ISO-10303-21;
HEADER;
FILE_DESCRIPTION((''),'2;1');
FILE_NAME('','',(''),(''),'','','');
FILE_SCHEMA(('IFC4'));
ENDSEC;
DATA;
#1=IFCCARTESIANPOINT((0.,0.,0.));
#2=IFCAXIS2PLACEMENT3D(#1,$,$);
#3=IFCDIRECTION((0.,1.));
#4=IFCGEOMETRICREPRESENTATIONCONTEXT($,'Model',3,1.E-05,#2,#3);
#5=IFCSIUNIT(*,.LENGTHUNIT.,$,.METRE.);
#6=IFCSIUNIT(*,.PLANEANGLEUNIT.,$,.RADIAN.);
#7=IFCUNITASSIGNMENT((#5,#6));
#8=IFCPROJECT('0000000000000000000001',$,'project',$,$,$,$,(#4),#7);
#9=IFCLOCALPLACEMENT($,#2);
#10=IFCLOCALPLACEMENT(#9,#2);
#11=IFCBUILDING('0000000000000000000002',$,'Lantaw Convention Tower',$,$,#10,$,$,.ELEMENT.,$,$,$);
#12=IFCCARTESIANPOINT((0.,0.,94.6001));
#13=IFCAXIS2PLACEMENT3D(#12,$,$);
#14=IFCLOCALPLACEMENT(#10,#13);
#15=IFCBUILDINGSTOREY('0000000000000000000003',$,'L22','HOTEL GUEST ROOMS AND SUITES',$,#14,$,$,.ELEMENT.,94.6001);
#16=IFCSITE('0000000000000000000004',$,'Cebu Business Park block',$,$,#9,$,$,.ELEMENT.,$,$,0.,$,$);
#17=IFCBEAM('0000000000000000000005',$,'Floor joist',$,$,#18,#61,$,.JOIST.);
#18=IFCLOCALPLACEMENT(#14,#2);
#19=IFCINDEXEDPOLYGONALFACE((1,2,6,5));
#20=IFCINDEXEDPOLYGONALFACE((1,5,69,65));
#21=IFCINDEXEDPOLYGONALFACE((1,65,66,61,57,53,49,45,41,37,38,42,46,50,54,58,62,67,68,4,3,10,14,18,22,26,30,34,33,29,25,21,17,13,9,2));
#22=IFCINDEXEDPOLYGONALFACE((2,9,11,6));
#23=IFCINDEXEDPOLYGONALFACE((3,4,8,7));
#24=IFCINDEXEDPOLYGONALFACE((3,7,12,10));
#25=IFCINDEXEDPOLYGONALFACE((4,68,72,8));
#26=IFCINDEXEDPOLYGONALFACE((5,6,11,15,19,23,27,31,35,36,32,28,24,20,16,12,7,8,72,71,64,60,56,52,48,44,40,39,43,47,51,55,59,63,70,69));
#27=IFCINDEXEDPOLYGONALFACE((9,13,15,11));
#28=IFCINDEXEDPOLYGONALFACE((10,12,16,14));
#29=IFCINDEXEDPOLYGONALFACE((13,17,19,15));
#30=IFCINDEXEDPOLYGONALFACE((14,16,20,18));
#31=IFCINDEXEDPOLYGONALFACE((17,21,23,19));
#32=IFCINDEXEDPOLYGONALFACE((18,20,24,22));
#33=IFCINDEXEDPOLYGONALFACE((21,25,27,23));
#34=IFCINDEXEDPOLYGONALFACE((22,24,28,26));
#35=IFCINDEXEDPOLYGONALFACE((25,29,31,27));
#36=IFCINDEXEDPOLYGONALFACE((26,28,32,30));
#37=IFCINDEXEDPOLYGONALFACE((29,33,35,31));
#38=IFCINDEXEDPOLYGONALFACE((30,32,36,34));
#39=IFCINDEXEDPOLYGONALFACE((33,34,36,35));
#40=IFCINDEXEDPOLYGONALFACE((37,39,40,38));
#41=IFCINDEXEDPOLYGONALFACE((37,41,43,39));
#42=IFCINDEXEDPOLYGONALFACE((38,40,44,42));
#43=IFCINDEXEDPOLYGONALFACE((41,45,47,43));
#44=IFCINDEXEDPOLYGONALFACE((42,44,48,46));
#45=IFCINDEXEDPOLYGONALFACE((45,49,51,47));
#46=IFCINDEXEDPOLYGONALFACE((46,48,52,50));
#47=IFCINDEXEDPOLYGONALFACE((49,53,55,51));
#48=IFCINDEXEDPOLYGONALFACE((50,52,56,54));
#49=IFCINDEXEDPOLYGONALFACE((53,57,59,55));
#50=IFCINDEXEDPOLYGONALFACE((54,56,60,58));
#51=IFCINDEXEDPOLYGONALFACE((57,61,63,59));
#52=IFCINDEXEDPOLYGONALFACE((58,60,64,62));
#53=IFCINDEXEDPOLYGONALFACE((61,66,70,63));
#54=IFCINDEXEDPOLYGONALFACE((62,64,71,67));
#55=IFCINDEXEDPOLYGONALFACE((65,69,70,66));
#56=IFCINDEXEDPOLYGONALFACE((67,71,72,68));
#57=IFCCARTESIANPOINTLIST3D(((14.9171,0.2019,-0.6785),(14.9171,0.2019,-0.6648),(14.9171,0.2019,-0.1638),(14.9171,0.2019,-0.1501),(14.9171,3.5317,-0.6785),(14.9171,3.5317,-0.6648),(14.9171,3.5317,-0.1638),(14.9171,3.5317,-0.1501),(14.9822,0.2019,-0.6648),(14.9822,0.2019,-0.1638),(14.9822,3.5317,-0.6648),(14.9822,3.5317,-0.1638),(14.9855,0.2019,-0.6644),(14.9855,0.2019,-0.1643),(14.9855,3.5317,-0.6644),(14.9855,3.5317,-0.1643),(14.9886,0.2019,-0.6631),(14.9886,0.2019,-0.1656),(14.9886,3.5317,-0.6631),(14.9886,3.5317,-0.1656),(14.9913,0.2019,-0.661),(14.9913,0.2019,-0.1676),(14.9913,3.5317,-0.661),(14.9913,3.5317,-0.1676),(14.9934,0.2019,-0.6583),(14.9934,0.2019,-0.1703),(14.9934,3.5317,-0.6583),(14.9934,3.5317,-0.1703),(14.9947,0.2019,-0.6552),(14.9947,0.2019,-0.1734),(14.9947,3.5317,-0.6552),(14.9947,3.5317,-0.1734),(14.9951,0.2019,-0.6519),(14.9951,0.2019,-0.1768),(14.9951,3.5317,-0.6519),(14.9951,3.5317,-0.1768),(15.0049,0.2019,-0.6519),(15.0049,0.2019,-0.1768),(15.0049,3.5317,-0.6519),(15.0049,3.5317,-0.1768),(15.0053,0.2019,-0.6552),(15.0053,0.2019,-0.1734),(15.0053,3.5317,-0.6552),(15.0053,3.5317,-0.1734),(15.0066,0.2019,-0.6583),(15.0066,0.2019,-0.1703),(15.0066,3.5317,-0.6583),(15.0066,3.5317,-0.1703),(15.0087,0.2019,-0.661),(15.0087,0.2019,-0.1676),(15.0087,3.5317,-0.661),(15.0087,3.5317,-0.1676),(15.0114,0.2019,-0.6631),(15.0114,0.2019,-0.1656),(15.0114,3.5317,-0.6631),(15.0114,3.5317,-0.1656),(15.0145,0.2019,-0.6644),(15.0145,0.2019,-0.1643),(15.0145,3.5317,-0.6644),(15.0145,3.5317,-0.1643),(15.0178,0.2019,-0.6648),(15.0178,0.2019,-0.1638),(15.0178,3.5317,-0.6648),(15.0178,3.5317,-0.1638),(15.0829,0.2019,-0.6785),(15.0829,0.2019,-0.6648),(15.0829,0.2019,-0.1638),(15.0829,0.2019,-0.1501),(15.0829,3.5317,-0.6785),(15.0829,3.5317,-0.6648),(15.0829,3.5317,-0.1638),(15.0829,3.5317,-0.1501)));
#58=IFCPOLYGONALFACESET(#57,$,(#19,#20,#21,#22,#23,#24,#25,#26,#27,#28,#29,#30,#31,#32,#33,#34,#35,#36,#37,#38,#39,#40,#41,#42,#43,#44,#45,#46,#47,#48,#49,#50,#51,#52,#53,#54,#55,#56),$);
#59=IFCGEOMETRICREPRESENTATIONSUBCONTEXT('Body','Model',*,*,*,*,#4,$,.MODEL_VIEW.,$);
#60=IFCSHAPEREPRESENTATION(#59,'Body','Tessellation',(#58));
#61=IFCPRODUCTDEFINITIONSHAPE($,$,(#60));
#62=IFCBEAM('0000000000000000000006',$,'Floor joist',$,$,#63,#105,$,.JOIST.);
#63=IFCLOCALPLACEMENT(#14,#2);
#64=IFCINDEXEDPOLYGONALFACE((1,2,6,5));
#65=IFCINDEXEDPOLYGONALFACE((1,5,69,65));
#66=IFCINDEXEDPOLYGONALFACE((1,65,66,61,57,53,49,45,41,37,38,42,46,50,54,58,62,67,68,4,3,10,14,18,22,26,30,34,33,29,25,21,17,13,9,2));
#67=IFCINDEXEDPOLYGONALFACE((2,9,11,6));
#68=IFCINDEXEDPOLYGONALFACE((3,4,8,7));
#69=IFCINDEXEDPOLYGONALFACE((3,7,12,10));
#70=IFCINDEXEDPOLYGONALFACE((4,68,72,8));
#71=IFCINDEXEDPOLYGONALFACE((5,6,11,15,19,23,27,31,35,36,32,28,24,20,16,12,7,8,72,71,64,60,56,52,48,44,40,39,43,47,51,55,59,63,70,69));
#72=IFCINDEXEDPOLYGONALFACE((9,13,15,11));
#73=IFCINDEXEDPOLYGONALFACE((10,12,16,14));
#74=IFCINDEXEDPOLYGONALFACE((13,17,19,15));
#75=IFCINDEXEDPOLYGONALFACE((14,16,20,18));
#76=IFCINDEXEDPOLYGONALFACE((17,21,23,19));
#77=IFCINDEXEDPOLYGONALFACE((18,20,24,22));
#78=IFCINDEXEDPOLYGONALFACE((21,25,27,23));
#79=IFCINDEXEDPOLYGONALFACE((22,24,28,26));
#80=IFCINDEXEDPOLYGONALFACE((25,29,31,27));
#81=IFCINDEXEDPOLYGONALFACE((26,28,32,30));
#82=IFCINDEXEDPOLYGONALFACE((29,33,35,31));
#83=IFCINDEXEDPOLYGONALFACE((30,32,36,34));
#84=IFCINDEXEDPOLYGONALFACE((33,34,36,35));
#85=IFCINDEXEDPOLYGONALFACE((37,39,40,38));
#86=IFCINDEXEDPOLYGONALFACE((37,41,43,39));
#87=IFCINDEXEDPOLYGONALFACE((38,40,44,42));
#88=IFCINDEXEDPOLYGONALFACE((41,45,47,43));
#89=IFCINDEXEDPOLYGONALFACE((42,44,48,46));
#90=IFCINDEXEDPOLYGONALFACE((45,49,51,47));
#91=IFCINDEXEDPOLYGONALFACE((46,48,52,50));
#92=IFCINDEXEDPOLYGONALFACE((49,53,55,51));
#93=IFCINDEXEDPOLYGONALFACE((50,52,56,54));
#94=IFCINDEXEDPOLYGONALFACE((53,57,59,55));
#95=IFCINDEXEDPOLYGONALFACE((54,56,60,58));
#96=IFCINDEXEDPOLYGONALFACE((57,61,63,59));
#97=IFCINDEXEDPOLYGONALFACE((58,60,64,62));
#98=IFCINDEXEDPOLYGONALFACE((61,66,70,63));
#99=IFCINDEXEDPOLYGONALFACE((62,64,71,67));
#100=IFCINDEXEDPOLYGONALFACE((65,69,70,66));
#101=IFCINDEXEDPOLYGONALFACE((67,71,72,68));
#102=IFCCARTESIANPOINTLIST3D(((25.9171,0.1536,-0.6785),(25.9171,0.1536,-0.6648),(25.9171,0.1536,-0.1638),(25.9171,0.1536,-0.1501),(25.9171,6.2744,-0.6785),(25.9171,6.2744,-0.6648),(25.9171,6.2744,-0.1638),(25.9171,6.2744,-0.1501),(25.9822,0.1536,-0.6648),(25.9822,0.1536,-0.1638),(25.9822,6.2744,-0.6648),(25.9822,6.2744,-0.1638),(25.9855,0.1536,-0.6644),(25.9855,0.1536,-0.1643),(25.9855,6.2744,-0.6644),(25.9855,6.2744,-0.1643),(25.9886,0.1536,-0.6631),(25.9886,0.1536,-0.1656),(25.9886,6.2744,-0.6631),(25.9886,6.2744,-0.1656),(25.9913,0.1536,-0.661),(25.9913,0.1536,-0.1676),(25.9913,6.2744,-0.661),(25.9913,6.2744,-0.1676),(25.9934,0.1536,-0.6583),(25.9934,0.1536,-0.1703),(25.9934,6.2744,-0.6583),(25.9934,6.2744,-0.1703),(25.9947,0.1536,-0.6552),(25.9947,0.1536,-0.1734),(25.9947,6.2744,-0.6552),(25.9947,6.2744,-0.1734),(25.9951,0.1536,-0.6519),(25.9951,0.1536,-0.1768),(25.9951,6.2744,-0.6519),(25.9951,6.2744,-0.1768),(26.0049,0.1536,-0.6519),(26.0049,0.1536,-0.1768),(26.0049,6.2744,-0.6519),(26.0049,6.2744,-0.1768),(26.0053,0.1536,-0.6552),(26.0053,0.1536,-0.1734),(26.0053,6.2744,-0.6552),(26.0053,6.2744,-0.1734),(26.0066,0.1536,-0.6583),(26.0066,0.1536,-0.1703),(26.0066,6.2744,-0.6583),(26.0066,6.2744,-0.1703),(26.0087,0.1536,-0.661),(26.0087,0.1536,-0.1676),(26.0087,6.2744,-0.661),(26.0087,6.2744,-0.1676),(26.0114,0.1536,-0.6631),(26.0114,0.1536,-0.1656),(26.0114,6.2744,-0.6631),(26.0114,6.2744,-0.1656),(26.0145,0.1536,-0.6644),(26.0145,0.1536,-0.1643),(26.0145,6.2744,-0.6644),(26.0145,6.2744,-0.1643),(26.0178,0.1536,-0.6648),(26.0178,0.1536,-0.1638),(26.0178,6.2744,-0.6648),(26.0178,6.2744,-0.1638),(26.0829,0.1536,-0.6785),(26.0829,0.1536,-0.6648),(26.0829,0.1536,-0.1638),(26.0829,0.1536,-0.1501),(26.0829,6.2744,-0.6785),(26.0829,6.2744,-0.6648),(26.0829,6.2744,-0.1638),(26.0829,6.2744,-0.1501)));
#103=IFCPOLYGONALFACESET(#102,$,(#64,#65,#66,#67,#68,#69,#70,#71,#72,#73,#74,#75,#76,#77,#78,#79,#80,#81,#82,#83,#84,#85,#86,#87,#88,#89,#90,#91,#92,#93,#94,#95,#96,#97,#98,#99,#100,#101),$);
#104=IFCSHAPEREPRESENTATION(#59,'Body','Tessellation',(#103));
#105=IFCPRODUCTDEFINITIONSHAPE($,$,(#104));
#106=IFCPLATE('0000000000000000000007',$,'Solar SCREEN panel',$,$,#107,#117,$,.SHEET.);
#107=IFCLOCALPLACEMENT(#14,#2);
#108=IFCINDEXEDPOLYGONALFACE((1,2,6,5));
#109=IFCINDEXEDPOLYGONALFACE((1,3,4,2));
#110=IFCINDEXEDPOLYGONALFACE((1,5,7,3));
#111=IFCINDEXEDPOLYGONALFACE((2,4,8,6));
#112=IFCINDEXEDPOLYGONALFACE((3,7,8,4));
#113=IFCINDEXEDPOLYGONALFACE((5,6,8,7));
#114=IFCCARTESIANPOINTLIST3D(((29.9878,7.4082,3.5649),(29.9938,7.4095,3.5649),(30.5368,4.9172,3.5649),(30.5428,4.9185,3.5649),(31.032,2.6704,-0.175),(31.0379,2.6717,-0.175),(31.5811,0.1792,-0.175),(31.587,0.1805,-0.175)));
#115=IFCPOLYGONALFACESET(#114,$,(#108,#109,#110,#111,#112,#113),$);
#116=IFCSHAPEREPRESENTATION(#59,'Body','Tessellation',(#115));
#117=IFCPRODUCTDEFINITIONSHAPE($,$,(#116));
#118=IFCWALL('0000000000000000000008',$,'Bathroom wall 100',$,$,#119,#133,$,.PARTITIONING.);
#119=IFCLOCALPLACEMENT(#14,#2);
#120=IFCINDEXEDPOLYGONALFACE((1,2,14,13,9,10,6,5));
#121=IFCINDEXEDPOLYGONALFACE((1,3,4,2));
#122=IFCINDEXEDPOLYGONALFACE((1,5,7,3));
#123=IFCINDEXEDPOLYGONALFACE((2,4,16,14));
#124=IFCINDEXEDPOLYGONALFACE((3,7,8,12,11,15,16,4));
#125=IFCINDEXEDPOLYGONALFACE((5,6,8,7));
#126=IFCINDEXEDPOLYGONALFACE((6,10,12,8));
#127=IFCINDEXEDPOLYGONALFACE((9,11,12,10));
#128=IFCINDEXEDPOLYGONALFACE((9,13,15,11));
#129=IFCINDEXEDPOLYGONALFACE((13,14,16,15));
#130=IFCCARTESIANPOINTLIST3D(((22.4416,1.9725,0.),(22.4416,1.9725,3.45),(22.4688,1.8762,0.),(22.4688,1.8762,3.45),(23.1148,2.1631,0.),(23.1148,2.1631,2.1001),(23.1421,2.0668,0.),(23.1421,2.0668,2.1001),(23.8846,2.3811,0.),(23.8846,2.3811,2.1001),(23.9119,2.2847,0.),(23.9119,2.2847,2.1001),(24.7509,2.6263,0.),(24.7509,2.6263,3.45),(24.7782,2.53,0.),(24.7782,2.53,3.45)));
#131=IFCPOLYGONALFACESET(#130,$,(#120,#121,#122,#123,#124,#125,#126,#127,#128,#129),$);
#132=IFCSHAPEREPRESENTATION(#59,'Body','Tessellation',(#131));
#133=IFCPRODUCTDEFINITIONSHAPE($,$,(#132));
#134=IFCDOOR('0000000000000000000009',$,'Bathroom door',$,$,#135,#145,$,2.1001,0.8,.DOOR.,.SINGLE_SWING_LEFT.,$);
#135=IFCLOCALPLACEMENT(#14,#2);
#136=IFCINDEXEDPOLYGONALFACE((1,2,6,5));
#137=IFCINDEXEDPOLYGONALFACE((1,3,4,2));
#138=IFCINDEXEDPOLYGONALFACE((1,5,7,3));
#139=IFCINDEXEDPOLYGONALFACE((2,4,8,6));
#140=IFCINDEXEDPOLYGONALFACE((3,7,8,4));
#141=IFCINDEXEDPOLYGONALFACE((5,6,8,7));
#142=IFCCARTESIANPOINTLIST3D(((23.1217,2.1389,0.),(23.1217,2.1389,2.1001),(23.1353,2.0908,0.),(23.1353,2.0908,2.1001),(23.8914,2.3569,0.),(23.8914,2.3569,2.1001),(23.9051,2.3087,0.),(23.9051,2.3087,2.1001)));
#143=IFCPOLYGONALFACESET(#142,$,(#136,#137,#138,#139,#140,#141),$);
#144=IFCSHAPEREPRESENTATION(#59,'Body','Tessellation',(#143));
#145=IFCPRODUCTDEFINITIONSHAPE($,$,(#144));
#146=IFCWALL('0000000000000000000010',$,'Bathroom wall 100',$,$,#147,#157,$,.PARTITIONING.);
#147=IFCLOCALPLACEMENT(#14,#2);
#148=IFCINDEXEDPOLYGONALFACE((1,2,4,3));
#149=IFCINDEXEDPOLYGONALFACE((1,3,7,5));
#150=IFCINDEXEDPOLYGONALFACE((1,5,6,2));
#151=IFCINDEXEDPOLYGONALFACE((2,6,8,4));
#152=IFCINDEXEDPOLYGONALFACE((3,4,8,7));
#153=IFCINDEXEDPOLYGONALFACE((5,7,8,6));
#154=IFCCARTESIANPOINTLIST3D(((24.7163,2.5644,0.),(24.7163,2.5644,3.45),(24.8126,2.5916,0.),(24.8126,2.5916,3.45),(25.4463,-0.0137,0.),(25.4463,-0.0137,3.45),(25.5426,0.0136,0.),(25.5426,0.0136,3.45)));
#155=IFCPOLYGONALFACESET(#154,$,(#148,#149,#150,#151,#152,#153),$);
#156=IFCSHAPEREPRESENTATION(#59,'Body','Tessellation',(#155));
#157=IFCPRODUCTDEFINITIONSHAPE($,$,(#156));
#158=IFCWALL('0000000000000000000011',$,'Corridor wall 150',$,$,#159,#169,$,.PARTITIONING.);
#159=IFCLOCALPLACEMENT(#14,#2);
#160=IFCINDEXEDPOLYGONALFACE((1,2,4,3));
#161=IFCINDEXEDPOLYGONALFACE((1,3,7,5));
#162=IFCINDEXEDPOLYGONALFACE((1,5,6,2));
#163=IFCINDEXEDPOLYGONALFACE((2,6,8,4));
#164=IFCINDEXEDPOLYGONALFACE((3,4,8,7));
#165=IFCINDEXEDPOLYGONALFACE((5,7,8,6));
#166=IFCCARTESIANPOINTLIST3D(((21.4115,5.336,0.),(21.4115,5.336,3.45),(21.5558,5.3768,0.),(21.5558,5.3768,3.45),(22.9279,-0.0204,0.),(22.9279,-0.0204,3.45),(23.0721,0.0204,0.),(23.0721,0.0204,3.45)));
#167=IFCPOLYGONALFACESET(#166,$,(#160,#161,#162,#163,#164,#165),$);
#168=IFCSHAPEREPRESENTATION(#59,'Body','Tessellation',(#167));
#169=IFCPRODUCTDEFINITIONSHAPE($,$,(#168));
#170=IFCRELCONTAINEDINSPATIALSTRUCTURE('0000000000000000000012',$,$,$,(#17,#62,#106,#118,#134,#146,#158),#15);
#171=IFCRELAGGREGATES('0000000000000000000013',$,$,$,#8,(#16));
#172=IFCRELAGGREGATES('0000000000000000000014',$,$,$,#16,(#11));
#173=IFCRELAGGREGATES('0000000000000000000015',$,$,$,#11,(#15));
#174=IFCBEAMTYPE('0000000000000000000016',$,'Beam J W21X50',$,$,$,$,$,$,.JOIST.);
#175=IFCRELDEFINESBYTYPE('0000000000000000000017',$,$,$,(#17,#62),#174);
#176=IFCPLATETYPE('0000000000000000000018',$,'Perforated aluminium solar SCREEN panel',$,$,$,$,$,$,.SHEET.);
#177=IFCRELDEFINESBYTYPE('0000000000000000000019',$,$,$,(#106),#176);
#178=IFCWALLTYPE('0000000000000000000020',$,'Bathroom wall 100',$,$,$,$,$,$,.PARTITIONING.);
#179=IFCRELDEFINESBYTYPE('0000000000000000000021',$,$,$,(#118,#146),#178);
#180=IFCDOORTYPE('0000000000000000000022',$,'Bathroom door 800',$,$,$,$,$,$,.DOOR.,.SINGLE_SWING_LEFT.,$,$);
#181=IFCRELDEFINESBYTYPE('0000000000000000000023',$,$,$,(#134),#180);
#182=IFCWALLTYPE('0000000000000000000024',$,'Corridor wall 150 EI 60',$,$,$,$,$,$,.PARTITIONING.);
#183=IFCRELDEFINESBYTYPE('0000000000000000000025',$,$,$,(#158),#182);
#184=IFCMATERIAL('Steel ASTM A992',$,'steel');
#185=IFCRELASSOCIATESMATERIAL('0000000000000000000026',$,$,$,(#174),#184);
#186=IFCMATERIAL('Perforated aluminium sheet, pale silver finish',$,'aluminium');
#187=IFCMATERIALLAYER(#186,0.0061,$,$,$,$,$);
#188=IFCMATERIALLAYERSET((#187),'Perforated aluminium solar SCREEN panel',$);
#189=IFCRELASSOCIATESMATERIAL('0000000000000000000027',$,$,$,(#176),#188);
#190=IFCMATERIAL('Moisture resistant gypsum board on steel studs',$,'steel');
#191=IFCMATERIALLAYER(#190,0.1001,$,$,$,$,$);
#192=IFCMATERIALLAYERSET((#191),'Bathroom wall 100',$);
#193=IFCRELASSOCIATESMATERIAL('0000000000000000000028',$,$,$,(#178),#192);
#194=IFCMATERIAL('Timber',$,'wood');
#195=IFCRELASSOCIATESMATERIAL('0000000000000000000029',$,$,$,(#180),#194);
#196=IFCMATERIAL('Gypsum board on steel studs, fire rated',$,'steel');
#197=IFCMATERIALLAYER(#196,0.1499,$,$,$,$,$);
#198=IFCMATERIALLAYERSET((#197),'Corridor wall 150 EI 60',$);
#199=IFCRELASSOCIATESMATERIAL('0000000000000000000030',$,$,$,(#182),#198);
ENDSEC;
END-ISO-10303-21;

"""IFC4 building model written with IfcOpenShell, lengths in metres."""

from ifc_helpers import new_model, si_unit, direction, frame, frame_2d, origin, origin_2d, place, context, subcontext, project, spatial, polyline, rectangle, i_section, outline, extrude, material, layer, layer_set, material_profile, profile_set, type_object, element, fill, save


model = new_model("IFC4")

# Units and contexts
model_context = context("Model", 3, precision=1e-05, world=origin(), true_north=direction((0.0, 1.0)))
body_context = subcontext(model_context, "Body", "Model", "MODEL_VIEW")
ifc_project = project(units=[si_unit("LENGTHUNIT", "METRE"), si_unit("PLANEANGLEUNIT", "RADIAN")], contexts=[model_context])

# Site, building, storey
site_placement = place(None, origin())
site = spatial("IfcSite", under=ifc_project, at=site_placement, Name="Cebu Business Park block", CompositionType="ELEMENT", RefElevation=0.0)
building_placement = place(site_placement, origin())
building = spatial("IfcBuilding", under=site, at=building_placement, Name="Lantaw Convention Tower", CompositionType="ELEMENT")
storey_placement = place(building_placement, frame((0.0, 0.0, 94.6001)))
storey = spatial("IfcBuildingStorey", under=building, at=storey_placement, Name="L22", Description="HOTEL GUEST ROOMS AND SUITES", CompositionType="ELEMENT", Elevation=94.6001)

# Beams
ifc_material_1 = material(Name="Steel ASTM A992", Category="steel")
ifc_material_profile_1 = material_profile(ifc_material_1, i_section(OverallWidth=0.1658, OverallDepth=0.5283, WebThickness=0.0098, FlangeThickness=0.0137, FilletRadius=0.0129, at=origin_2d()), Name="W21X50")
ifc_profile_set_1 = profile_set([ifc_material_profile_1], Name="Steel ASTM A992")
beam_type_1 = type_object("IfcBeamType", Name="Beam J W21X50", PredefinedType="JOIST", material=ifc_profile_set_1)
beam_1_placement = place(storey_placement, frame((15.0, 0.2019, -0.4143), z_axis=(0.0, 1.0, 0.0), x_axis=(-1.0, 0.0, 0.0)))
element("IfcBeam", 1, at=beam_1_placement, inside=storey, type_object=beam_type_1, Name="Floor joist", PredefinedType="JOIST", context=body_context, shape_type="SweptSolid", body=[
    extrude(i_section(OverallWidth=0.1658, OverallDepth=0.5283, WebThickness=0.0098, FlangeThickness=0.0137, FilletRadius=0.0129, at=origin_2d()), origin(), (0.0, 0.0, 1.0), 3.3298),
])
beam_2_placement = place(storey_placement, frame((26.0, 0.1536, -0.4143), z_axis=(0.0, 1.0, 0.0), x_axis=(-1.0, 0.0, 0.0)))
element("IfcBeam", 2, at=beam_2_placement, inside=storey, type_object=beam_type_1, Name="Floor joist", PredefinedType="JOIST", context=body_context, shape_type="SweptSolid", body=[
    extrude(i_section(OverallWidth=0.1658, OverallDepth=0.5283, WebThickness=0.0098, FlangeThickness=0.0137, FilletRadius=0.0129, at=origin_2d()), origin(), (0.0, 0.0, 1.0), 6.1208),
])

# Plate
ifc_material_2 = material(Name="Perforated aluminium sheet, pale silver finish", Category="aluminium")
ifc_layer_1 = layer(ifc_material_2, 0.0061)
ifc_layer_set_1 = layer_set([ifc_layer_1], Name="Perforated aluminium solar SCREEN panel")
plate_type = type_object("IfcPlateType", Name="Perforated aluminium solar SCREEN panel", PredefinedType="SHEET", material=ifc_layer_set_1)
plate_placement = place(storey_placement, frame((31.5811, 0.1792, -0.175), z_axis=(-0.976559, -0.215248, 0.00003), x_axis=(-0.215248, 0.976559, 0.0)))
element("IfcPlate", 3, at=plate_placement, inside=storey, type_object=plate_type, Name="Solar SCREEN panel", PredefinedType="SHEET", context=body_context, shape_type="SweptSolid", body=[
    extrude(outline(polyline([(0.0, 0.0), (2.551, 0.0), (7.4025, -3.74), (4.8517, -3.74), (0.0, 0.0)])), origin(), (0.0, 0.0, -1.0), 0.0061),
])

# Wall, opening, door
ifc_material_3 = material(Name="Moisture resistant gypsum board on steel studs", Category="steel")
ifc_layer_2 = layer(ifc_material_3, 0.1001)
ifc_layer_set_2 = layer_set([ifc_layer_2], Name="Bathroom wall 100")
wall_type_1 = type_object("IfcWallType", Name="Bathroom wall 100", PredefinedType="PARTITIONING", material=ifc_layer_set_2)
wall_1_placement = place(storey_placement, frame((22.4551, 1.9243, 0.0), z_axis=(0.0, 0.0, 1.0), x_axis=(0.962181, 0.27241, 0.0)))
wall_1 = element("IfcWall", 4, at=wall_1_placement, inside=storey, type_object=wall_type_1, Name="Bathroom wall 100", PredefinedType="PARTITIONING", context=body_context, shape_type="SweptSolid", body=[
    extrude(rectangle(XDim=2.4001, YDim=0.1001, at=frame_2d((1.2002, 0.0))), origin(), (0.0, 0.0, 1.0), 3.45),
])
opening_1_placement = place(wall_1_placement, frame((0.7, 0.0, 0.0)))
opening_1 = element("IfcOpeningElement", 5, at=opening_1_placement, cuts=wall_1, PredefinedType="OPENING", context=body_context, shape_type="SweptSolid", body=[
    extrude(rectangle(XDim=0.8, YDim=2.1001, at=frame_2d((0.3999, 1.05))), frame((0.0, 0.0601, 0.0), z_axis=(0.0, -1.0, 0.0), x_axis=(1.0, 0.0, 0.0)), (0.0, 0.0, 1.0), 0.1201),
])
ifc_material_4 = material(Name="Timber", Category="wood")
door_type_1 = type_object("IfcDoorType", Name="Bathroom door 800", OperationType="SINGLE_SWING_LEFT", PredefinedType="DOOR", material=ifc_material_4)
door_1_placement = place(opening_1_placement, origin())
door_1 = element("IfcDoor", 6, at=door_1_placement, inside=storey, type_object=door_type_1, Name="Bathroom door", OperationType="SINGLE_SWING_LEFT", OverallHeight=2.1001, OverallWidth=0.8, PredefinedType="DOOR", context=body_context, shape_type="SweptSolid", body=[
    extrude(rectangle(XDim=0.8, YDim=2.1001, at=frame_2d((0.3999, 1.05))), frame((0.0, 0.0249, 0.0), z_axis=(0.0, -1.0, 0.0), x_axis=(1.0, 0.0, 0.0)), (0.0, 0.0, 1.0), 0.05),
])
fill(opening_1, door_1)

# Walls
wall_2_placement = place(storey_placement, frame((24.7644, 2.5781, 0.0), z_axis=(0.0, 0.0, 1.0), x_axis=(0.272434, -0.962175, 0.0)))
element("IfcWall", 7, at=wall_2_placement, inside=storey, type_object=wall_type_1, Name="Bathroom wall 100", PredefinedType="PARTITIONING", context=body_context, shape_type="SweptSolid", body=[
    extrude(rectangle(XDim=2.6794, YDim=0.1001, at=frame_2d((1.3398, 0.0))), origin(), (0.0, 0.0, 1.0), 3.45),
])
ifc_material_5 = material(Name="Gypsum board on steel studs, fire rated", Category="steel")
ifc_layer_3 = layer(ifc_material_5, 0.1499)
ifc_layer_set_3 = layer_set([ifc_layer_3], Name="Corridor wall 150 EI 60")
wall_type_2 = type_object("IfcWallType", Name="Corridor wall 150 EI 60", PredefinedType="PARTITIONING", material=ifc_layer_set_3)
wall_3_placement = place(storey_placement, frame((23.0, 0.0, 0.0), z_axis=(0.0, 0.0, 1.0), x_axis=(-0.272386, 0.962188, 0.0)))
element("IfcWall", 8, at=wall_3_placement, inside=storey, type_object=wall_type_2, Name="Corridor wall 150", PredefinedType="PARTITIONING", context=body_context, shape_type="SweptSolid", body=[
    extrude(rectangle(XDim=5.5669, YDim=0.1499, at=frame_2d((2.7834, 0.0))), origin(), (0.0, 0.0, 1.0), 3.45),
])

save(model, "model.ifc")
